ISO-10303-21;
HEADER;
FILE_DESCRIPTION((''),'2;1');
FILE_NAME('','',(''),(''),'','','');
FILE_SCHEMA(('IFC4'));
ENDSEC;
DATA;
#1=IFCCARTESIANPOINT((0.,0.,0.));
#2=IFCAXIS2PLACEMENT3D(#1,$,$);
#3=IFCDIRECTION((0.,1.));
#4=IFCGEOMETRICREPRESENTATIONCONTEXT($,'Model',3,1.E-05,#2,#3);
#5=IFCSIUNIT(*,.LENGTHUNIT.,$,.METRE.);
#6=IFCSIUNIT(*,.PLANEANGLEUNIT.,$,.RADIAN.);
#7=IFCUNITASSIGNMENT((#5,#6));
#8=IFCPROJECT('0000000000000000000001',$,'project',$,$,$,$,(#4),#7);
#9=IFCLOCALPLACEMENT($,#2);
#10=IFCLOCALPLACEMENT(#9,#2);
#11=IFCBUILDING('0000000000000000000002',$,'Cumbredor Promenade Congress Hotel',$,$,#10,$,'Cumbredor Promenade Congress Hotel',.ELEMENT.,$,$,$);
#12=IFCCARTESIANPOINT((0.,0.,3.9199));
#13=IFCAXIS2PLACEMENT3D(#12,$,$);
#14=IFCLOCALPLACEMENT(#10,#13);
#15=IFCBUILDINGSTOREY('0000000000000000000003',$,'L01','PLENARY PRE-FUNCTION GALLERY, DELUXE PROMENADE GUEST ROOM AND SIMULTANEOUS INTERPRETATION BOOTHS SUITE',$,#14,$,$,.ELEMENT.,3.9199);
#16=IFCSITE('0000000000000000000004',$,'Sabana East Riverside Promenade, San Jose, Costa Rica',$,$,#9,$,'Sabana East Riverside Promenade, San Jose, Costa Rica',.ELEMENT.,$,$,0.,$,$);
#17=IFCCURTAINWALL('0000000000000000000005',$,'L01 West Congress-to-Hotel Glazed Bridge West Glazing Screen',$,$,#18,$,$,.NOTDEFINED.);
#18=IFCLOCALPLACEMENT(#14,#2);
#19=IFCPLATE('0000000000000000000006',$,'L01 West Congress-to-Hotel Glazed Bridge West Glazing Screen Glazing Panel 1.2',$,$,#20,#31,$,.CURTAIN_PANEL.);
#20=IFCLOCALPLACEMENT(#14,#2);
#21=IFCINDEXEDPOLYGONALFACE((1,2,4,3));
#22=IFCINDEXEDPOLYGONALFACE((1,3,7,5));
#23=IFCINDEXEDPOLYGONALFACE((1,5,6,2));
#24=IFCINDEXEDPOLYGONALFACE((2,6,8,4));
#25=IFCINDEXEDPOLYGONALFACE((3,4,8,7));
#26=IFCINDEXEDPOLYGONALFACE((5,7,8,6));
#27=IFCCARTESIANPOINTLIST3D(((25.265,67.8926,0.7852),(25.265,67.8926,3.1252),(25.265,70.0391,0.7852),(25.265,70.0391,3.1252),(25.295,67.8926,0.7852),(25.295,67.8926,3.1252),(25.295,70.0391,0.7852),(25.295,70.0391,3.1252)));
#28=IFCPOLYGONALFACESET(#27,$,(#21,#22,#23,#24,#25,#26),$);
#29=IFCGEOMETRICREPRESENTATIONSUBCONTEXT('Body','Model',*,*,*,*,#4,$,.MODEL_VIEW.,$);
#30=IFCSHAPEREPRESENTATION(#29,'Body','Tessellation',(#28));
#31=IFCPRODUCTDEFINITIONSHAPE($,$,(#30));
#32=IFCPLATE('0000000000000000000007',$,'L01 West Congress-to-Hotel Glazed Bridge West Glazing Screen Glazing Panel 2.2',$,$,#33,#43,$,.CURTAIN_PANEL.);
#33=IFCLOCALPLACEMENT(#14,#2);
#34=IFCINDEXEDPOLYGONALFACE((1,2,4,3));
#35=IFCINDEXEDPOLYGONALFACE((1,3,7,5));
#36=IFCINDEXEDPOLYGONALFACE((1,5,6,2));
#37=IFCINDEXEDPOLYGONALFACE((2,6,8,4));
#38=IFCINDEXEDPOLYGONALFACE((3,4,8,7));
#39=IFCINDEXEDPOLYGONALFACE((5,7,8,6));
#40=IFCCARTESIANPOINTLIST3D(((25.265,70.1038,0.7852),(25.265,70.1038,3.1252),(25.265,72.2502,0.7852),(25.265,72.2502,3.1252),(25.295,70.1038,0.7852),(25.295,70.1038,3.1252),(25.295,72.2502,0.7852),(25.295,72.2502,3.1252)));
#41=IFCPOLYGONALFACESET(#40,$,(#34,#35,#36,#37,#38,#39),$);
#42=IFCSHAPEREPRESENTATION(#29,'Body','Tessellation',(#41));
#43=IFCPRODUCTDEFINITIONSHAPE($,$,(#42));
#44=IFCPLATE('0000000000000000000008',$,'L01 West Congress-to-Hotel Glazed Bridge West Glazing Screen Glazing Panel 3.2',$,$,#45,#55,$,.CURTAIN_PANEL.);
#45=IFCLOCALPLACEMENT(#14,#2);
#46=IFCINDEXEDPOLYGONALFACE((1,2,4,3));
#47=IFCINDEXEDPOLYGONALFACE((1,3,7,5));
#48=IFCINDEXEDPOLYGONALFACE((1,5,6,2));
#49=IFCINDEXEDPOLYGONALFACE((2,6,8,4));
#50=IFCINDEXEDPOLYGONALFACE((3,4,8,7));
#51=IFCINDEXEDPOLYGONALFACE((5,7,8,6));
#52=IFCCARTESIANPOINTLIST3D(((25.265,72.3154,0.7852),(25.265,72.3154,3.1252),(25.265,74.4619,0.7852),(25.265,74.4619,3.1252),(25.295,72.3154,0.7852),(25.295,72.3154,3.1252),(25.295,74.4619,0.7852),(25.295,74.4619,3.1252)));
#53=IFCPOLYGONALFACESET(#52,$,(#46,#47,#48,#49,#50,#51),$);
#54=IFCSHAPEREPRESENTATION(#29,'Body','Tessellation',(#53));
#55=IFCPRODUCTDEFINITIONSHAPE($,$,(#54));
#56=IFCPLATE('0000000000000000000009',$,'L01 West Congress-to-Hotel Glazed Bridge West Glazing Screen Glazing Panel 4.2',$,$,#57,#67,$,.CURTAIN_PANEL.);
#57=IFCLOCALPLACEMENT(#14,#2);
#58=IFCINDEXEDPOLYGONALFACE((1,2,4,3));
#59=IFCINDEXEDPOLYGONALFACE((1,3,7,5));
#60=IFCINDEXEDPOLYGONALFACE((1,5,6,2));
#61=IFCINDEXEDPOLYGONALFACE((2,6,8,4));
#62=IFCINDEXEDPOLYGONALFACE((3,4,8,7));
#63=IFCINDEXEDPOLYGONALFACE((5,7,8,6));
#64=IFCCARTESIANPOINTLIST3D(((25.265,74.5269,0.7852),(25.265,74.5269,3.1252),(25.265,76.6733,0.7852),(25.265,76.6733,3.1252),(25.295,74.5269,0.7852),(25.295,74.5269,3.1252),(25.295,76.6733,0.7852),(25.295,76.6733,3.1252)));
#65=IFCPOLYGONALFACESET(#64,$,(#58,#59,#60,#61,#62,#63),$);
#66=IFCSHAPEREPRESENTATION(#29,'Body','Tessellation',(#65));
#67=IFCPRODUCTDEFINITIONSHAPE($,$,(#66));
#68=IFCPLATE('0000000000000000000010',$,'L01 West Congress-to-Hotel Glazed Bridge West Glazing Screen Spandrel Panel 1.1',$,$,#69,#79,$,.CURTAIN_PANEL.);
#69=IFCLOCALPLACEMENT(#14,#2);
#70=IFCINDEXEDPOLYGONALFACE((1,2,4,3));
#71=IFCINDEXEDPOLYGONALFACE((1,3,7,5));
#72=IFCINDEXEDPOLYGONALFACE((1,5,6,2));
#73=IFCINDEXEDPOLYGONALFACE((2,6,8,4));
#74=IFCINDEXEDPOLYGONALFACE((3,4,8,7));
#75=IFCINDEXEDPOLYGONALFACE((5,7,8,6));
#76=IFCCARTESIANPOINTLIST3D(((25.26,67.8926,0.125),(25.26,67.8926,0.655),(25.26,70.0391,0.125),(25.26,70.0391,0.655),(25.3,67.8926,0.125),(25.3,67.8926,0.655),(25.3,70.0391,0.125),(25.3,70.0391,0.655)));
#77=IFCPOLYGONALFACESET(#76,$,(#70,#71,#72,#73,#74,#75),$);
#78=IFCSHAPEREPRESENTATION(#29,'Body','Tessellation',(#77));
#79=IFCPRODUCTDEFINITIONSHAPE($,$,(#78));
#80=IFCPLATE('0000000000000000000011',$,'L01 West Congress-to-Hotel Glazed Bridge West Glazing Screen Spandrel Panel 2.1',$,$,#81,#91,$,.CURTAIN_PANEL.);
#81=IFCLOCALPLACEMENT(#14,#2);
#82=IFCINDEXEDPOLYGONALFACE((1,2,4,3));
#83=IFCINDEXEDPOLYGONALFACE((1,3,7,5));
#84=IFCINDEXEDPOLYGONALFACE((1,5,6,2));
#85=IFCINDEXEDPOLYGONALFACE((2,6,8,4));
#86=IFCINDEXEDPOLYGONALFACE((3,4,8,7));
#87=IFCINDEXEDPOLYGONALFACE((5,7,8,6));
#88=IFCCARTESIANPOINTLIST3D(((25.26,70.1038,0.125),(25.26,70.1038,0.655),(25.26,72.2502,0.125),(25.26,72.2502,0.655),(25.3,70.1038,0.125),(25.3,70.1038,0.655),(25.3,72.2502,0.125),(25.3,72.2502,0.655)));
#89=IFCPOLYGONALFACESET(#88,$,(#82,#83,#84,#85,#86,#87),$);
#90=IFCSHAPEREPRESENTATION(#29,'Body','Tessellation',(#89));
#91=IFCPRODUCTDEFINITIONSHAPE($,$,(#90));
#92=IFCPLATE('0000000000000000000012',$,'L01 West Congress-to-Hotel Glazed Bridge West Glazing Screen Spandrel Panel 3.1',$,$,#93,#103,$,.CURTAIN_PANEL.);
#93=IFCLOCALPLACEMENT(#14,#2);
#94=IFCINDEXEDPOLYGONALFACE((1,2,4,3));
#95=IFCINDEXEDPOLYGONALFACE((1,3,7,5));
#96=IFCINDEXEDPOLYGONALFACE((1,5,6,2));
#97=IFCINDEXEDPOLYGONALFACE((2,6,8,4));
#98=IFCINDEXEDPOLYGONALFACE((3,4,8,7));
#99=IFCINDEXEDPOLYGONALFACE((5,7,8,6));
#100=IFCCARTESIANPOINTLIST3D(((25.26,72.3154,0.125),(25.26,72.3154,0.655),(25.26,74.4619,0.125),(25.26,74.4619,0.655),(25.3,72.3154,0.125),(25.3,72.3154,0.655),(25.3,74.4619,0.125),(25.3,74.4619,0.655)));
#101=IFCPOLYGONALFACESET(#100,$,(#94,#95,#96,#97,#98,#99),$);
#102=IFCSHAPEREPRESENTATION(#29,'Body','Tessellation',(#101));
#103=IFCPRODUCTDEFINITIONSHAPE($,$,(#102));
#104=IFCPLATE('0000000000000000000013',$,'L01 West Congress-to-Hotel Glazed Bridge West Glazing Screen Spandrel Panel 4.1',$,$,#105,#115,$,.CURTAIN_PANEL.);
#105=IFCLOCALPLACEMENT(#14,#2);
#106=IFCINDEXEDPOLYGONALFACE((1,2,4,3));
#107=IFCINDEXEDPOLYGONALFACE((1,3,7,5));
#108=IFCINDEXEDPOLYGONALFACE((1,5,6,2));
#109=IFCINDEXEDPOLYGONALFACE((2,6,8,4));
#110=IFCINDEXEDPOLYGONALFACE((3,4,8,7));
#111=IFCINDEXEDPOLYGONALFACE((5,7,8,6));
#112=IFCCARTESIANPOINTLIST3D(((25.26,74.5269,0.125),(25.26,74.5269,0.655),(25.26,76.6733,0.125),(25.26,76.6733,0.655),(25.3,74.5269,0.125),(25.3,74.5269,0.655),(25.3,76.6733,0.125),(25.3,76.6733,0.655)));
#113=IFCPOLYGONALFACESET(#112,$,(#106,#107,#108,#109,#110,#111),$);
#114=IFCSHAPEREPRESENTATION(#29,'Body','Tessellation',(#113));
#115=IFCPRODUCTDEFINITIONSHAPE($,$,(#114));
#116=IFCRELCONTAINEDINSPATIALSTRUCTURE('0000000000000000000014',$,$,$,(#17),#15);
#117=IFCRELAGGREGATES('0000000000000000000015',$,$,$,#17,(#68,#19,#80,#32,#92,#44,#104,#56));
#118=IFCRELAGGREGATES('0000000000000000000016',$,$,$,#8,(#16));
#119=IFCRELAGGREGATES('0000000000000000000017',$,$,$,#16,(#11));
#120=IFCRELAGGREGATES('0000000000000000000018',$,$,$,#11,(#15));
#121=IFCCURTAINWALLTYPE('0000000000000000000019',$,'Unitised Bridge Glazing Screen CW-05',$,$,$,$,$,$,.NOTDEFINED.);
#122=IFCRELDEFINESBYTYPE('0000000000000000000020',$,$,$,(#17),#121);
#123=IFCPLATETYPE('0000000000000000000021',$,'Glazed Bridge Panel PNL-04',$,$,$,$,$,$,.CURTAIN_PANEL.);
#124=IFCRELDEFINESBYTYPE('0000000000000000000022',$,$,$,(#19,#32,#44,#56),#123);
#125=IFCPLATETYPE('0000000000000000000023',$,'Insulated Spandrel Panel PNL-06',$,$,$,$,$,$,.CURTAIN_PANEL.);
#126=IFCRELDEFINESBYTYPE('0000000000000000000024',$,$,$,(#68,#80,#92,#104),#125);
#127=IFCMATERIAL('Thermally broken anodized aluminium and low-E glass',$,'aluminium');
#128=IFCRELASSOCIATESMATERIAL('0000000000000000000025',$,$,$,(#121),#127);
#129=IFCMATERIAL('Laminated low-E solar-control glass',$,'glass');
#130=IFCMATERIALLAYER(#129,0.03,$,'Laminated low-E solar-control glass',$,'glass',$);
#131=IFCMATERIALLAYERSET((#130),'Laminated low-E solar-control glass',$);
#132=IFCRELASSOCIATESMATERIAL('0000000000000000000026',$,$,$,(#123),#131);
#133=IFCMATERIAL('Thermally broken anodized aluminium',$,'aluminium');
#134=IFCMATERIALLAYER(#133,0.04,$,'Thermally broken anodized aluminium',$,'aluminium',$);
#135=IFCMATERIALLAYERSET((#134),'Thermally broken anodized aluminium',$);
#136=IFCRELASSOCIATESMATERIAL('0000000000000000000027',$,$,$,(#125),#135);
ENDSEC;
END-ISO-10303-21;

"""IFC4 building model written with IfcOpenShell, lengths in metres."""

from ifc_helpers import new_model, si_unit, direction, frame, origin, origin_2d, place, context, subcontext, project, spatial, rectangle, extrude, material, layer, layer_set, type_object, element, aggregate, save


model = new_model("IFC4")

# Units and contexts
model_context = context("Model", 3, precision=1e-05, world=origin(), true_north=direction((0.0, 1.0)))
body_context = subcontext(model_context, "Body", "Model", "MODEL_VIEW")
ifc_project = project(units=[si_unit("LENGTHUNIT", "METRE"), si_unit("PLANEANGLEUNIT", "RADIAN")], contexts=[model_context])

# Site, building, storey
site_placement = place(None, origin())
site = spatial("IfcSite", under=ifc_project, at=site_placement, Name="Sabana East Riverside Promenade, San Jose, Costa Rica", LongName="Sabana East Riverside Promenade, San Jose, Costa Rica", CompositionType="ELEMENT", RefElevation=0.0)
building_placement = place(site_placement, origin())
building = spatial("IfcBuilding", under=site, at=building_placement, Name="Cumbredor Promenade Congress Hotel", LongName="Cumbredor Promenade Congress Hotel", CompositionType="ELEMENT")
storey_placement = place(building_placement, frame((0.0, 0.0, 3.9199)))
storey = spatial("IfcBuildingStorey", under=building, at=storey_placement, Name="L01", Description="PLENARY PRE-FUNCTION GALLERY, DELUXE PROMENADE GUEST ROOM AND SIMULTANEOUS INTERPRETATION BOOTHS SUITE", CompositionType="ELEMENT", Elevation=3.9199)

# Curtain wall, plates
ifc_material_1 = material(Name="Thermally broken anodized aluminium and low-E glass", Category="aluminium")
curtain_wall_type = type_object("IfcCurtainWallType", Name="Unitised Bridge Glazing Screen CW-05", PredefinedType="NOTDEFINED", material=ifc_material_1)
curtain_wall_placement = place(storey_placement, origin())
curtain_wall = element("IfcCurtainWall", 1, at=curtain_wall_placement, inside=storey, type_object=curtain_wall_type, Name="L01 West Congress-to-Hotel Glazed Bridge West Glazing Screen", PredefinedType="NOTDEFINED")
ifc_material_2 = material(Name="Thermally broken anodized aluminium", Category="aluminium")
ifc_material_3 = material(Name="Laminated low-E solar-control glass", Category="glass")
ifc_layer_1 = layer(ifc_material_3, 0.03, Name="Laminated low-E solar-control glass", Category="glass")
ifc_layer_set_1 = layer_set([ifc_layer_1], Name="Laminated low-E solar-control glass")
plate_type_1 = type_object("IfcPlateType", Name="Glazed Bridge Panel PNL-04", PredefinedType="CURTAIN_PANEL", material=ifc_layer_set_1)
plate_1_placement = place(storey_placement, frame((25.28, 68.9658, 0.7852), z_axis=(0.0, 0.0, 1.0), x_axis=(0.0, 1.0, 0.0)))
plate_1 = element("IfcPlate", 2, at=plate_1_placement, type_object=plate_type_1, Name="L01 West Congress-to-Hotel Glazed Bridge West Glazing Screen Glazing Panel 1.2", PredefinedType="CURTAIN_PANEL", context=body_context, shape_type="SweptSolid", body=[
    extrude(rectangle(XDim=2.1465, YDim=0.03, at=origin_2d()), origin(), (0.0, 0.0, 1.0), 2.3401),
])
plate_2_placement = place(storey_placement, frame((25.28, 71.177, 0.7852), z_axis=(0.0, 0.0, 1.0), x_axis=(0.0, 1.0, 0.0)))
plate_2 = element("IfcPlate", 3, at=plate_2_placement, type_object=plate_type_1, Name="L01 West Congress-to-Hotel Glazed Bridge West Glazing Screen Glazing Panel 2.2", PredefinedType="CURTAIN_PANEL", context=body_context, shape_type="SweptSolid", body=[
    extrude(rectangle(XDim=2.1465, YDim=0.03, at=origin_2d()), origin(), (0.0, 0.0, 1.0), 2.3401),
])
plate_3_placement = place(storey_placement, frame((25.28, 73.3887, 0.7852), z_axis=(0.0, 0.0, 1.0), x_axis=(0.0, 1.0, 0.0)))
plate_3 = element("IfcPlate", 4, at=plate_3_placement, type_object=plate_type_1, Name="L01 West Congress-to-Hotel Glazed Bridge West Glazing Screen Glazing Panel 3.2", PredefinedType="CURTAIN_PANEL", context=body_context, shape_type="SweptSolid", body=[
    extrude(rectangle(XDim=2.1465, YDim=0.03, at=origin_2d()), origin(), (0.0, 0.0, 1.0), 2.3401),
])
plate_4_placement = place(storey_placement, frame((25.28, 75.6001, 0.7852), z_axis=(0.0, 0.0, 1.0), x_axis=(0.0, 1.0, 0.0)))
plate_4 = element("IfcPlate", 5, at=plate_4_placement, type_object=plate_type_1, Name="L01 West Congress-to-Hotel Glazed Bridge West Glazing Screen Glazing Panel 4.2", PredefinedType="CURTAIN_PANEL", context=body_context, shape_type="SweptSolid", body=[
    extrude(rectangle(XDim=2.1465, YDim=0.03, at=origin_2d()), origin(), (0.0, 0.0, 1.0), 2.3401),
])
ifc_layer_2 = layer(ifc_material_2, 0.04, Name="Thermally broken anodized aluminium", Category="aluminium")
ifc_layer_set_2 = layer_set([ifc_layer_2], Name="Thermally broken anodized aluminium")
plate_type_2 = type_object("IfcPlateType", Name="Insulated Spandrel Panel PNL-06", PredefinedType="CURTAIN_PANEL", material=ifc_layer_set_2)
plate_5_placement = place(storey_placement, frame((25.28, 68.9658, 0.125), z_axis=(0.0, 0.0, 1.0), x_axis=(0.0, 1.0, 0.0)))
plate_5 = element("IfcPlate", 6, at=plate_5_placement, type_object=plate_type_2, Name="L01 West Congress-to-Hotel Glazed Bridge West Glazing Screen Spandrel Panel 1.1", PredefinedType="CURTAIN_PANEL", context=body_context, shape_type="SweptSolid", body=[
    extrude(rectangle(XDim=2.1465, YDim=0.04, at=origin_2d()), origin(), (0.0, 0.0, 1.0), 0.53),
])
plate_6_placement = place(storey_placement, frame((25.28, 71.177, 0.125), z_axis=(0.0, 0.0, 1.0), x_axis=(0.0, 1.0, 0.0)))
plate_6 = element("IfcPlate", 7, at=plate_6_placement, type_object=plate_type_2, Name="L01 West Congress-to-Hotel Glazed Bridge West Glazing Screen Spandrel Panel 2.1", PredefinedType="CURTAIN_PANEL", context=body_context, shape_type="SweptSolid", body=[
    extrude(rectangle(XDim=2.1465, YDim=0.04, at=origin_2d()), origin(), (0.0, 0.0, 1.0), 0.53),
])
plate_7_placement = place(storey_placement, frame((25.28, 73.3887, 0.125), z_axis=(0.0, 0.0, 1.0), x_axis=(0.0, 1.0, 0.0)))
plate_7 = element("IfcPlate", 8, at=plate_7_placement, type_object=plate_type_2, Name="L01 West Congress-to-Hotel Glazed Bridge West Glazing Screen Spandrel Panel 3.1", PredefinedType="CURTAIN_PANEL", context=body_context, shape_type="SweptSolid", body=[
    extrude(rectangle(XDim=2.1465, YDim=0.04, at=origin_2d()), origin(), (0.0, 0.0, 1.0), 0.53),
])
plate_8_placement = place(storey_placement, frame((25.28, 75.6001, 0.125), z_axis=(0.0, 0.0, 1.0), x_axis=(0.0, 1.0, 0.0)))
plate_8 = element("IfcPlate", 9, at=plate_8_placement, type_object=plate_type_2, Name="L01 West Congress-to-Hotel Glazed Bridge West Glazing Screen Spandrel Panel 4.1", PredefinedType="CURTAIN_PANEL", context=body_context, shape_type="SweptSolid", body=[
    extrude(rectangle(XDim=2.1465, YDim=0.04, at=origin_2d()), origin(), (0.0, 0.0, 1.0), 0.53),
])
aggregate(curtain_wall, [plate_5, plate_1, plate_6, plate_2, plate_7, plate_3, plate_8, plate_4])

save(model, "model.ifc")
